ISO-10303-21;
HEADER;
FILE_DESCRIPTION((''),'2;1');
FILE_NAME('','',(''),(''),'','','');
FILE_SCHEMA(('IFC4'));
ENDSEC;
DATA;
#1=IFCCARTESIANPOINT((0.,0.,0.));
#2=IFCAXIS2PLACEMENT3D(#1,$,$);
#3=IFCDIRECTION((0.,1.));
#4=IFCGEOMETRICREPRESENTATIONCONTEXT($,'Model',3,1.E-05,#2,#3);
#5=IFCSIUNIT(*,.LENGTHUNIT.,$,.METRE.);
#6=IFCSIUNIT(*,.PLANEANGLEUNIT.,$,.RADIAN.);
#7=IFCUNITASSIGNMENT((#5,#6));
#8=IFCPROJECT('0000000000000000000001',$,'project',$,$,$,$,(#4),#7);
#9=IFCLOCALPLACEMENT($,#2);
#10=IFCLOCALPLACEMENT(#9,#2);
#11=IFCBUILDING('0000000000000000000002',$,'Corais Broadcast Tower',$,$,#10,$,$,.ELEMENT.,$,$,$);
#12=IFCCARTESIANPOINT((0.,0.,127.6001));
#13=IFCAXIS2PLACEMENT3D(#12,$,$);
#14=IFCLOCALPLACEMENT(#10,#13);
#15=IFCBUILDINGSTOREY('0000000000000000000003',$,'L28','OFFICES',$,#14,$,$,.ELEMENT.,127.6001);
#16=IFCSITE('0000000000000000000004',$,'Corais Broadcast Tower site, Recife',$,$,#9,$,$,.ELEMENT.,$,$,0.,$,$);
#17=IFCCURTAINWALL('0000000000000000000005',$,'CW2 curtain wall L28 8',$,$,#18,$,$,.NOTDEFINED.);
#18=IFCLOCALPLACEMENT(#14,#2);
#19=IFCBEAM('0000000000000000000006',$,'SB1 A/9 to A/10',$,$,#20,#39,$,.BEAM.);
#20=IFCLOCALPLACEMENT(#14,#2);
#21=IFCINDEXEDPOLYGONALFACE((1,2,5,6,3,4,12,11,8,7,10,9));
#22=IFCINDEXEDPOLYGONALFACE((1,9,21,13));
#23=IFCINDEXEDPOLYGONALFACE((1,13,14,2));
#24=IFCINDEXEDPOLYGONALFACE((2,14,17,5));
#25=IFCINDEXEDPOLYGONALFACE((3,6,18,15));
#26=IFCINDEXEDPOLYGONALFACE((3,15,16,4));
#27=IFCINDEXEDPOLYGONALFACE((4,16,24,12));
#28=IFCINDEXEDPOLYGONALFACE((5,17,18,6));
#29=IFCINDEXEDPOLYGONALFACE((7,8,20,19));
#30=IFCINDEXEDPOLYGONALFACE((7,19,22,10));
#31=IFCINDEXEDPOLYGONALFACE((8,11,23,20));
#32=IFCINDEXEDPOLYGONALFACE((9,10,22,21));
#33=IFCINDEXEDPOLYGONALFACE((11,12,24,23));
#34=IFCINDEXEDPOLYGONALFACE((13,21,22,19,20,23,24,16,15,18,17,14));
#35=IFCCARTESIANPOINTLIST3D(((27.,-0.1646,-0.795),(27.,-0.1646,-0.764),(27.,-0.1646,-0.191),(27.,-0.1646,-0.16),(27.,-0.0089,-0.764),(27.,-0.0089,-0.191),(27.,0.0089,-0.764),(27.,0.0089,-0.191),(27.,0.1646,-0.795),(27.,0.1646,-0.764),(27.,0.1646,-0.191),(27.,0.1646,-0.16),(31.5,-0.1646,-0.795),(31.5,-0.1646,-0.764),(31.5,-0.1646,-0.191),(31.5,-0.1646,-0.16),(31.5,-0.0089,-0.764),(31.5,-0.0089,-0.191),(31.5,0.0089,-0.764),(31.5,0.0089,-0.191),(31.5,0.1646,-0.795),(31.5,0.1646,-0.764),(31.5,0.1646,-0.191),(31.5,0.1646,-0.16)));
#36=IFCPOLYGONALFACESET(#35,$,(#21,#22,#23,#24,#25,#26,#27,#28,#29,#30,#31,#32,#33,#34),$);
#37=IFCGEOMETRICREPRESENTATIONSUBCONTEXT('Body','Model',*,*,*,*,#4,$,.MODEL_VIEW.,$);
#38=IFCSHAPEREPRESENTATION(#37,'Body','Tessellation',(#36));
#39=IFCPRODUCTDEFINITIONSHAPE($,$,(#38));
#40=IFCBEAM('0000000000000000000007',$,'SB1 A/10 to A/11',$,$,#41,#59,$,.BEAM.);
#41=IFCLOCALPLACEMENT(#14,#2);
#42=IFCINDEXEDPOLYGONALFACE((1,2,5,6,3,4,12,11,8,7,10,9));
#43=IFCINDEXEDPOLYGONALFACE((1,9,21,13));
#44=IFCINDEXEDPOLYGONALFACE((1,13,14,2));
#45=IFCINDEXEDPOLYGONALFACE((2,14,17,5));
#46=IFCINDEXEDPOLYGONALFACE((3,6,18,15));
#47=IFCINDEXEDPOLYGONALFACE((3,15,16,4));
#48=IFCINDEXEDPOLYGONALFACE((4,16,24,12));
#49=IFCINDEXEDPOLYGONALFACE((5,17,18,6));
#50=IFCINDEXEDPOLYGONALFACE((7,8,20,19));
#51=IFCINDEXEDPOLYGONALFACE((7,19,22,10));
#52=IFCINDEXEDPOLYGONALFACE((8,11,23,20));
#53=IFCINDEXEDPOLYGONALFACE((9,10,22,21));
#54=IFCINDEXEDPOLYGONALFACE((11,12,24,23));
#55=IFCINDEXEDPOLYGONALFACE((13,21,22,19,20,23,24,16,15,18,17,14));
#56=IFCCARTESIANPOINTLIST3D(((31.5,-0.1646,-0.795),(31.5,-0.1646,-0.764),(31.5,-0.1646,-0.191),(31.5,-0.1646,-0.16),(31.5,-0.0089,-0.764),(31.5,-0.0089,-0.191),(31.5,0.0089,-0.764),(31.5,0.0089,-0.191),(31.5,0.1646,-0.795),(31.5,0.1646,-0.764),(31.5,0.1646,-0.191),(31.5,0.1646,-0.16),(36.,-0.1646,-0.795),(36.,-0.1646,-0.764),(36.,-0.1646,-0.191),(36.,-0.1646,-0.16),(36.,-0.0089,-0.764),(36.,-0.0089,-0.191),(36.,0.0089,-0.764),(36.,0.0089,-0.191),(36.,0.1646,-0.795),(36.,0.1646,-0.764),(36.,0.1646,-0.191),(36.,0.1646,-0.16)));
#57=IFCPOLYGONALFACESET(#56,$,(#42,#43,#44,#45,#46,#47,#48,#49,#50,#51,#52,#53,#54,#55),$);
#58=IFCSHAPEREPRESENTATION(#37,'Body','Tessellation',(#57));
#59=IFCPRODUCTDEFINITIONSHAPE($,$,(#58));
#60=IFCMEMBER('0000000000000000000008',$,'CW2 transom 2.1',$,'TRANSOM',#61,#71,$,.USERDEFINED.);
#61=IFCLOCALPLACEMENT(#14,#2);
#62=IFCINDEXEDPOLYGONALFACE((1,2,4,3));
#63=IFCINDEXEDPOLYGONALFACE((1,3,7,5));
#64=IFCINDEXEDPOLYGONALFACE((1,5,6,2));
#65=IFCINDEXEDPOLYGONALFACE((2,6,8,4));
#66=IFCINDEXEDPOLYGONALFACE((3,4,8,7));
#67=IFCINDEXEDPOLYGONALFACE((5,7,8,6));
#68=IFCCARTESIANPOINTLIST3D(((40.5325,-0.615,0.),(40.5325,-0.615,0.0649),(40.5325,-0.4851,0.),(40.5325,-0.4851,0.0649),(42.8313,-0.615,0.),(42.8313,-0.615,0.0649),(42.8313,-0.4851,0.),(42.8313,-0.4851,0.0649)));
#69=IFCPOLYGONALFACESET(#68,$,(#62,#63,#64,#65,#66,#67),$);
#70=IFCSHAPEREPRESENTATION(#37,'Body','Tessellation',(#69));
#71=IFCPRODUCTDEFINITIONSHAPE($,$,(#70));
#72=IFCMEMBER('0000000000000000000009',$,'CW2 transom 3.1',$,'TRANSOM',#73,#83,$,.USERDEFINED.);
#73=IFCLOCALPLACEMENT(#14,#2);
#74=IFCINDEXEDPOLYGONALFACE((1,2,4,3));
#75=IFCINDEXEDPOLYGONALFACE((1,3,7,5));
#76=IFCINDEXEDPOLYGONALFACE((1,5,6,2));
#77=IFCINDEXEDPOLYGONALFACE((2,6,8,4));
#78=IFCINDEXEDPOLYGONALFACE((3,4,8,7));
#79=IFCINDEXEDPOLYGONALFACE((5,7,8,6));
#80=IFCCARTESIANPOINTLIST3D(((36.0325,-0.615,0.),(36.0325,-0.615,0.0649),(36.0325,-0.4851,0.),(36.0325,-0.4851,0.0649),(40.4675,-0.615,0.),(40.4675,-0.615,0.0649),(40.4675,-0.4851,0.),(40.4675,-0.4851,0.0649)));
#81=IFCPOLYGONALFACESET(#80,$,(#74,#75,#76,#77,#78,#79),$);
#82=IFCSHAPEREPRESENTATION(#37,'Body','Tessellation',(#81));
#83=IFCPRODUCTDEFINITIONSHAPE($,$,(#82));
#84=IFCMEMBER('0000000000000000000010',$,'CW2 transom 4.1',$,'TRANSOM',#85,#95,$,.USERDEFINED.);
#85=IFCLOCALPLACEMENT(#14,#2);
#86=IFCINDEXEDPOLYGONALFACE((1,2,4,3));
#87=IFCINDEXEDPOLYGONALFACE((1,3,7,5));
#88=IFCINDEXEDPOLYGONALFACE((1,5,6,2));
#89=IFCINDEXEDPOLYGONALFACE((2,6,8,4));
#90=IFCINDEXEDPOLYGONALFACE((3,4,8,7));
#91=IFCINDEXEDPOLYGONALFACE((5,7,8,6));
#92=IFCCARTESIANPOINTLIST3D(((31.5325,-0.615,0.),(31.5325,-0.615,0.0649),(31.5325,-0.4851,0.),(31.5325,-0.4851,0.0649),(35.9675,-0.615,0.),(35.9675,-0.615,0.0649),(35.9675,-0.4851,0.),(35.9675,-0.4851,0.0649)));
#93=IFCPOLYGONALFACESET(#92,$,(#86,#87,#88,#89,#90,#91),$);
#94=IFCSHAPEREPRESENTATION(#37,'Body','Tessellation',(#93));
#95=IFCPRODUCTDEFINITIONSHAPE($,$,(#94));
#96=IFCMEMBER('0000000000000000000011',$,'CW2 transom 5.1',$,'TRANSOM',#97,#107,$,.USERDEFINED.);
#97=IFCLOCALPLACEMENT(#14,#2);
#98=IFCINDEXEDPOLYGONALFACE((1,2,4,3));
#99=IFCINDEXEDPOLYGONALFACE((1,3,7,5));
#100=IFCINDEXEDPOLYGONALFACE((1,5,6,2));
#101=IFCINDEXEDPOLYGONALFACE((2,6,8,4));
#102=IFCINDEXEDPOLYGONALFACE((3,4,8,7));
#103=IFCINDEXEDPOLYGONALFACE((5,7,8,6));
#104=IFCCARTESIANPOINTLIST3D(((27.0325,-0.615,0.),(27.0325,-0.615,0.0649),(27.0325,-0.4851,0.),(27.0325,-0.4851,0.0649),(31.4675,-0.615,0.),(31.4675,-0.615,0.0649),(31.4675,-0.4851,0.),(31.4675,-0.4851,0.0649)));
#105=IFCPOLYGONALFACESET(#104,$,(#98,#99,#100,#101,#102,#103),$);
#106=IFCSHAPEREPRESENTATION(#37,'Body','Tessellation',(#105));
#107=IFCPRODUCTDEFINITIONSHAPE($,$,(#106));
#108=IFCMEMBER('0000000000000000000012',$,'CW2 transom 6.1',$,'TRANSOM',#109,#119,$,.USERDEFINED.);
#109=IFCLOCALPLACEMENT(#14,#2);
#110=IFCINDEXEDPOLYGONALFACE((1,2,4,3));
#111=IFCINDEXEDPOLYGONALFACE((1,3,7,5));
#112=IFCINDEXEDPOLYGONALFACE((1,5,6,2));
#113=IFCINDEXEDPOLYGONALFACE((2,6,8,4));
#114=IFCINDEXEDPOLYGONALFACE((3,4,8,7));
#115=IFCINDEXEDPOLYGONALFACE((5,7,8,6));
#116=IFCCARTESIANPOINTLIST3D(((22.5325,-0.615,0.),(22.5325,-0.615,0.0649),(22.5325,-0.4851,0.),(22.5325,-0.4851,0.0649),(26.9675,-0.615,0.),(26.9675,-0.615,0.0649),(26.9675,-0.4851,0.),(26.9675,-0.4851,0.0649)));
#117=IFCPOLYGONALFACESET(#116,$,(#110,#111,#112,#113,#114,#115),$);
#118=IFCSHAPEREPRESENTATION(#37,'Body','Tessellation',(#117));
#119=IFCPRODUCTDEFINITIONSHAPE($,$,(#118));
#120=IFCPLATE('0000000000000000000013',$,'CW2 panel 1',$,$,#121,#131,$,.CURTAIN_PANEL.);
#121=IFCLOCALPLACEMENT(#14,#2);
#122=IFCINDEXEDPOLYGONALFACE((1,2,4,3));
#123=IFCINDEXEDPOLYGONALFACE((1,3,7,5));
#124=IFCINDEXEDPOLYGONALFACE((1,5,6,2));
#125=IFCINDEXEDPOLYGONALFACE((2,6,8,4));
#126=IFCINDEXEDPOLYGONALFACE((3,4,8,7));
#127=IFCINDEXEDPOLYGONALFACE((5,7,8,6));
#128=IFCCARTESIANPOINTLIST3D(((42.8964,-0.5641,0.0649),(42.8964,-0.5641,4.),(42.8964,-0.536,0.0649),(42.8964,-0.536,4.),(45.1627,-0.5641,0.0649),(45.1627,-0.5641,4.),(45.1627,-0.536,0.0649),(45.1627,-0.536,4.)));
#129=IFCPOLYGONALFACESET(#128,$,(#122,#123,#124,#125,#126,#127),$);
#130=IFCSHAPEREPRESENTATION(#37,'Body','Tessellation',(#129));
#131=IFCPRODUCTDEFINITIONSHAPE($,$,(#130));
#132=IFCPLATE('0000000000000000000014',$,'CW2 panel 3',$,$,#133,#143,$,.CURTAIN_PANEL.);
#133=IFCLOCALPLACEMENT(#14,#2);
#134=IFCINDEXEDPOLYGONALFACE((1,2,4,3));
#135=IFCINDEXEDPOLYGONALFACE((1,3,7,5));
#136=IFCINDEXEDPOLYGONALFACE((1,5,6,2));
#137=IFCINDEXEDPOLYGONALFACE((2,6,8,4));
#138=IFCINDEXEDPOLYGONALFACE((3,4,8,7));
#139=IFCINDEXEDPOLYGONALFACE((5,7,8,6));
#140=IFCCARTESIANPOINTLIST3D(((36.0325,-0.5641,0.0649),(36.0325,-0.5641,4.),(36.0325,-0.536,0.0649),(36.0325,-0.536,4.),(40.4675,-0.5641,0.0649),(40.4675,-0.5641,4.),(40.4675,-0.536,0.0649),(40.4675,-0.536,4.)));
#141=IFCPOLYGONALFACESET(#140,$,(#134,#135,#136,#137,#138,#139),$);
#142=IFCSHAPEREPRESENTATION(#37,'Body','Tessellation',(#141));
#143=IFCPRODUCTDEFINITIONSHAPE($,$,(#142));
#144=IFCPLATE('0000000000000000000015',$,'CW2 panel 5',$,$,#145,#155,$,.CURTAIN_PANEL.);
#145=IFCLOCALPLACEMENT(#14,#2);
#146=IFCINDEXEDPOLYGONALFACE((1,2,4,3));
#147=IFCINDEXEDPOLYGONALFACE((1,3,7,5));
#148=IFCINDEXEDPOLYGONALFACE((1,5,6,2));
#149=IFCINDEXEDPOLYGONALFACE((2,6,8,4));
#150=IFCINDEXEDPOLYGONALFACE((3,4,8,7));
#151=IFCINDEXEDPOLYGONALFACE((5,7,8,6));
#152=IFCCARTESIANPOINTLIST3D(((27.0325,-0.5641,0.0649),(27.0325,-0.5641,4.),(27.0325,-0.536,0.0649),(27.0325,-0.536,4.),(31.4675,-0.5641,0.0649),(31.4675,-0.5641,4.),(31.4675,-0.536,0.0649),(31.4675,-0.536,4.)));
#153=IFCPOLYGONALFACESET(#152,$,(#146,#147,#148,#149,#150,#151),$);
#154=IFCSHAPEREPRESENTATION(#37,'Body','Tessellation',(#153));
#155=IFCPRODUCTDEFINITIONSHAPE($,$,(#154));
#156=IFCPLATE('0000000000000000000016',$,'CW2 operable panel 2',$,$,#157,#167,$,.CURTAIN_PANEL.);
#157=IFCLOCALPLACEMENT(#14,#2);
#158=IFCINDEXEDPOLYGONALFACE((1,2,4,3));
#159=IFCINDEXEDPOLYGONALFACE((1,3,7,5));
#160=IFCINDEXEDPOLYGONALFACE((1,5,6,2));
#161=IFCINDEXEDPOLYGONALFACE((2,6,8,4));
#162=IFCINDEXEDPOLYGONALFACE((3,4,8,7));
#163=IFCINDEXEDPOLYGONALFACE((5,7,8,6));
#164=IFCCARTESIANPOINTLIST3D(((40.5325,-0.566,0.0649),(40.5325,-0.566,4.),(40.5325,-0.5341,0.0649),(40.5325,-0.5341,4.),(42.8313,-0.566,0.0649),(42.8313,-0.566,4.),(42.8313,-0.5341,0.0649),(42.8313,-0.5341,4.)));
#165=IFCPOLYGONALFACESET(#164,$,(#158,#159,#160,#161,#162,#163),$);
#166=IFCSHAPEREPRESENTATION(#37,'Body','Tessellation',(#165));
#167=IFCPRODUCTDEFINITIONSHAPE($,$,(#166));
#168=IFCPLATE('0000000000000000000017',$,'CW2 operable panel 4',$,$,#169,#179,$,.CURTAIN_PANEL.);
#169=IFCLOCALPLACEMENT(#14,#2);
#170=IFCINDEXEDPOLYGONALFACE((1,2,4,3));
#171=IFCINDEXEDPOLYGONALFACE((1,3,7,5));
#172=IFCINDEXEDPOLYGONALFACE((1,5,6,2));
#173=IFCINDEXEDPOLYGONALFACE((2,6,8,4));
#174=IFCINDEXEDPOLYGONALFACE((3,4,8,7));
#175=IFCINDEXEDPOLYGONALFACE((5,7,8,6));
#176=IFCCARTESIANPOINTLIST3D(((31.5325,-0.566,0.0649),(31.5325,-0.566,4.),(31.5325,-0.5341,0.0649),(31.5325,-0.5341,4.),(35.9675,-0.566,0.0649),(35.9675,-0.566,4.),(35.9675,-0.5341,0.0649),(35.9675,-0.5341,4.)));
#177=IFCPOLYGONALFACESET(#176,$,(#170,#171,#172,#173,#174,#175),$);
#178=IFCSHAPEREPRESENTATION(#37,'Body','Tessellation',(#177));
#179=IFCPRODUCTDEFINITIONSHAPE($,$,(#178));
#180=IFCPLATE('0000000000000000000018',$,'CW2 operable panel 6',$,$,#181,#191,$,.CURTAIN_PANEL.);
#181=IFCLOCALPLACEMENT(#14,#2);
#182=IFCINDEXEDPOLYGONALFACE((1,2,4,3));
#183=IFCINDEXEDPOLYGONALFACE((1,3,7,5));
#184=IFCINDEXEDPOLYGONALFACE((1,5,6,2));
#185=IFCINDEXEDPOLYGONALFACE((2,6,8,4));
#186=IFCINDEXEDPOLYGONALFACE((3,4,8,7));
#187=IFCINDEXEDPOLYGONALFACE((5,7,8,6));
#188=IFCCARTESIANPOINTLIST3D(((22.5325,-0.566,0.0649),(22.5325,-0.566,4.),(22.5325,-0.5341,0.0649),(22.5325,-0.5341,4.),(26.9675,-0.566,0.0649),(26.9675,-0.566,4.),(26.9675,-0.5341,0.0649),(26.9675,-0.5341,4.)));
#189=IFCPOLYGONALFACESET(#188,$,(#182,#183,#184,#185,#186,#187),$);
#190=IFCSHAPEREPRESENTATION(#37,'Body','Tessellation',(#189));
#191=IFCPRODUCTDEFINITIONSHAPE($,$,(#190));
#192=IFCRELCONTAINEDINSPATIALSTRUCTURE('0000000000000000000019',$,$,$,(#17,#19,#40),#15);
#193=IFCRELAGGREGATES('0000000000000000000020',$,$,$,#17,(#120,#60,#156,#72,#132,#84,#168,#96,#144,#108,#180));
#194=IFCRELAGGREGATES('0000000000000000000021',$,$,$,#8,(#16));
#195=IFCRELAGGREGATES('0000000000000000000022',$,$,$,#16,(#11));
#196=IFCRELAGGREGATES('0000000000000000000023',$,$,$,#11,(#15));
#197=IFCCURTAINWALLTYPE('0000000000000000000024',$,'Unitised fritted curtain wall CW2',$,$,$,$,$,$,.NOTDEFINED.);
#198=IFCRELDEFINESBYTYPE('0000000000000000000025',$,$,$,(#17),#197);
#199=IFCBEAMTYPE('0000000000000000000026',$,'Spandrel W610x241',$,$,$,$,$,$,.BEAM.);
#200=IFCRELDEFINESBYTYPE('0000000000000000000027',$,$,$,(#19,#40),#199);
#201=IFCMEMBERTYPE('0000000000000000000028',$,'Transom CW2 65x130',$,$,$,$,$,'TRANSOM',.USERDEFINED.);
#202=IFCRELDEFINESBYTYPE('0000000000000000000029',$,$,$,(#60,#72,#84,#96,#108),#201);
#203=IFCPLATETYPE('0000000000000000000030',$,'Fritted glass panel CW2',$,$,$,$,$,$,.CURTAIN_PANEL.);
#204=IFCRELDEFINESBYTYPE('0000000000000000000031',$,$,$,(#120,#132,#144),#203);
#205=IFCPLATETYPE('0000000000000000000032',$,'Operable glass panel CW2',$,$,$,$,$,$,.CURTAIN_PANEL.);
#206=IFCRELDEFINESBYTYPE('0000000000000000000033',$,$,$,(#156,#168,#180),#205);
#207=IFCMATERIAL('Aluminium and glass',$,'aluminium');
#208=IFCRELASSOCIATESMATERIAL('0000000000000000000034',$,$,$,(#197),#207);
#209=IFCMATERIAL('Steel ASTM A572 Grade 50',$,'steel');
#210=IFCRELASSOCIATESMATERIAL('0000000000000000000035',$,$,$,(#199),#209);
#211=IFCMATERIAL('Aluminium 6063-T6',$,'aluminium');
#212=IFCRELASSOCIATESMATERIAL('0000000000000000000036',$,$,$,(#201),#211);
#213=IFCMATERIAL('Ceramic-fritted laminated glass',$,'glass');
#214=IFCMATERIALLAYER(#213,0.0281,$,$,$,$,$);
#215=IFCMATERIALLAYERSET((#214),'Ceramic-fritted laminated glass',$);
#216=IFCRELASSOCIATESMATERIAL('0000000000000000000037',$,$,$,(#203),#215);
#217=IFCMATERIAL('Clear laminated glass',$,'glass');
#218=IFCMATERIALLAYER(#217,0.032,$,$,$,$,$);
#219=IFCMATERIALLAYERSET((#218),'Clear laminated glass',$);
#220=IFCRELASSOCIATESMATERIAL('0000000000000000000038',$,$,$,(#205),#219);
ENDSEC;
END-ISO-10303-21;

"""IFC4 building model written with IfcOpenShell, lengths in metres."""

from ifc_helpers import new_model, si_unit, direction, frame, origin, origin_2d, place, context, subcontext, project, spatial, rectangle, i_section, extrude, material, layer, layer_set, material_profile, profile_set, type_object, element, aggregate, save


model = new_model("IFC4")

# Units and contexts
model_context = context("Model", 3, precision=1e-05, world=origin(), true_north=direction((0.0, 1.0)))
body_context = subcontext(model_context, "Body", "Model", "MODEL_VIEW")
ifc_project = project(units=[si_unit("LENGTHUNIT", "METRE"), si_unit("PLANEANGLEUNIT", "RADIAN")], contexts=[model_context])

# Site, building, storey
site_placement = place(None, origin())
site = spatial("IfcSite", under=ifc_project, at=site_placement, Name="Corais Broadcast Tower site, Recife", CompositionType="ELEMENT", RefElevation=0.0)
building_placement = place(site_placement, origin())
building = spatial("IfcBuilding", under=site, at=building_placement, Name="Corais Broadcast Tower", CompositionType="ELEMENT")
storey_placement = place(building_placement, frame((0.0, 0.0, 127.6001)))
storey = spatial("IfcBuildingStorey", under=building, at=storey_placement, Name="L28", Description="OFFICES", CompositionType="ELEMENT", Elevation=127.6001)

# Curtain wall
ifc_material_1 = material(Name="Aluminium and glass", Category="aluminium")
curtain_wall_type = type_object("IfcCurtainWallType", Name="Unitised fritted curtain wall CW2", PredefinedType="NOTDEFINED", material=ifc_material_1)
curtain_wall_placement = place(storey_placement, origin())
curtain_wall = element("IfcCurtainWall", 1, at=curtain_wall_placement, inside=storey, type_object=curtain_wall_type, Name="CW2 curtain wall L28 8", PredefinedType="NOTDEFINED")

# Beams
ifc_material_2 = material(Name="Steel ASTM A572 Grade 50", Category="steel")
ifc_material_profile_1 = material_profile(ifc_material_2, i_section(OverallWidth=0.3291, OverallDepth=0.635, WebThickness=0.0178, FlangeThickness=0.031, at=origin_2d()), Name="W610x241")
ifc_profile_set_1 = profile_set([ifc_material_profile_1], Name="Steel ASTM A572 Grade 50")
beam_type_1 = type_object("IfcBeamType", Name="Spandrel W610x241", PredefinedType="BEAM", material=ifc_profile_set_1)
for number, where, z_axis, x_axis, name in (
    (2, (27.0, 0.0, -0.4775), (1.0, 0.0, 0.0), (0.0, 1.0, 0.0), "SB1 A/9 to A/10"),
    (3, (31.5, 0.0, -0.4775), (1.0, 0.0, 0.0), (0.0, 1.0, 0.0), "SB1 A/10 to A/11"),
):
    element("IfcBeam", number, at=place(storey_placement, frame(where, z_axis=z_axis, x_axis=x_axis)), inside=storey, type_object=beam_type_1, Name=name, PredefinedType="BEAM", context=body_context, shape_type="SweptSolid", body=[
        extrude(i_section(OverallWidth=0.3291, OverallDepth=0.635, WebThickness=0.0178, FlangeThickness=0.031, at=origin_2d()), origin(), (0.0, 0.0, 1.0), 4.5),
    ])

# Members
ifc_material_3 = material(Name="Aluminium 6063-T6", Category="aluminium")
ifc_material_profile_2 = material_profile(ifc_material_3, rectangle(XDim=0.1299, YDim=0.0649, at=origin_2d()), Name="Transom CW2 65x130")
ifc_profile_set_2 = profile_set([ifc_material_profile_2], Name="Aluminium 6063-T6")
member_type_1 = type_object("IfcMemberType", Name="Transom CW2 65x130", ElementType="TRANSOM", PredefinedType="USERDEFINED", material=ifc_profile_set_2)
member_1_placement = place(storey_placement, frame((42.8313, -0.55, 0.0325), z_axis=(-1.0, 0.0, 0.0), x_axis=(0.0, -1.0, 0.0)))
member_1 = element("IfcMember", 4, at=member_1_placement, type_object=member_type_1, Name="CW2 transom 2.1", ObjectType="TRANSOM", PredefinedType="USERDEFINED", context=body_context, shape_type="SweptSolid", body=[
    extrude(rectangle(XDim=0.1299, YDim=0.0649, at=origin_2d()), origin(), (0.0, 0.0, 1.0), 2.2988),
])
member_2_placement = place(storey_placement, frame((40.4675, -0.55, 0.0325), z_axis=(-1.0, 0.0, 0.0), x_axis=(0.0, -1.0, 0.0)))
member_2 = element("IfcMember", 5, at=member_2_placement, type_object=member_type_1, Name="CW2 transom 3.1", ObjectType="TRANSOM", PredefinedType="USERDEFINED", context=body_context, shape_type="SweptSolid", body=[
    extrude(rectangle(XDim=0.1299, YDim=0.0649, at=origin_2d()), origin(), (0.0, 0.0, 1.0), 4.4351),
])
member_3_placement = place(storey_placement, frame((35.9675, -0.55, 0.0325), z_axis=(-1.0, 0.0, 0.0), x_axis=(0.0, -1.0, 0.0)))
member_3 = element("IfcMember", 6, at=member_3_placement, type_object=member_type_1, Name="CW2 transom 4.1", ObjectType="TRANSOM", PredefinedType="USERDEFINED", context=body_context, shape_type="SweptSolid", body=[
    extrude(rectangle(XDim=0.1299, YDim=0.0649, at=origin_2d()), origin(), (0.0, 0.0, 1.0), 4.4351),
])
member_4_placement = place(storey_placement, frame((31.4675, -0.55, 0.0325), z_axis=(-1.0, 0.0, 0.0), x_axis=(0.0, -1.0, 0.0)))
member_4 = element("IfcMember", 7, at=member_4_placement, type_object=member_type_1, Name="CW2 transom 5.1", ObjectType="TRANSOM", PredefinedType="USERDEFINED", context=body_context, shape_type="SweptSolid", body=[
    extrude(rectangle(XDim=0.1299, YDim=0.0649, at=origin_2d()), origin(), (0.0, 0.0, 1.0), 4.4351),
])
member_5_placement = place(storey_placement, frame((26.9675, -0.55, 0.0325), z_axis=(-1.0, 0.0, 0.0), x_axis=(0.0, -1.0, 0.0)))
member_5 = element("IfcMember", 8, at=member_5_placement, type_object=member_type_1, Name="CW2 transom 6.1", ObjectType="TRANSOM", PredefinedType="USERDEFINED", context=body_context, shape_type="SweptSolid", body=[
    extrude(rectangle(XDim=0.1299, YDim=0.0649, at=origin_2d()), origin(), (0.0, 0.0, 1.0), 4.4351),
])

# Plates
ifc_material_4 = material(Name="Ceramic-fritted laminated glass", Category="glass")
ifc_layer_1 = layer(ifc_material_4, 0.0281)
ifc_layer_set_1 = layer_set([ifc_layer_1], Name="Ceramic-fritted laminated glass")
plate_type_1 = type_object("IfcPlateType", Name="Fritted glass panel CW2", PredefinedType="CURTAIN_PANEL", material=ifc_layer_set_1)
plate_1_placement = place(storey_placement, frame((44.0295, -0.55, 0.0649), z_axis=(0.0, 0.0, 1.0), x_axis=(-1.0, 0.0, 0.0)))
plate_1 = element("IfcPlate", 9, at=plate_1_placement, type_object=plate_type_1, Name="CW2 panel 1", PredefinedType="CURTAIN_PANEL", context=body_context, shape_type="SweptSolid", body=[
    extrude(rectangle(XDim=2.2664, YDim=0.0281, at=origin_2d()), origin(), (0.0, 0.0, 1.0), 3.9351),
])
plate_2_placement = place(storey_placement, frame((38.25, -0.55, 0.0649), z_axis=(0.0, 0.0, 1.0), x_axis=(-1.0, 0.0, 0.0)))
plate_2 = element("IfcPlate", 10, at=plate_2_placement, type_object=plate_type_1, Name="CW2 panel 3", PredefinedType="CURTAIN_PANEL", context=body_context, shape_type="SweptSolid", body=[
    extrude(rectangle(XDim=4.4351, YDim=0.0281, at=origin_2d()), origin(), (0.0, 0.0, 1.0), 3.9351),
])
plate_3_placement = place(storey_placement, frame((29.25, -0.55, 0.0649), z_axis=(0.0, 0.0, 1.0), x_axis=(-1.0, 0.0, 0.0)))
plate_3 = element("IfcPlate", 11, at=plate_3_placement, type_object=plate_type_1, Name="CW2 panel 5", PredefinedType="CURTAIN_PANEL", context=body_context, shape_type="SweptSolid", body=[
    extrude(rectangle(XDim=4.4351, YDim=0.0281, at=origin_2d()), origin(), (0.0, 0.0, 1.0), 3.9351),
])
ifc_material_5 = material(Name="Clear laminated glass", Category="glass")
ifc_layer_2 = layer(ifc_material_5, 0.032)
ifc_layer_set_2 = layer_set([ifc_layer_2], Name="Clear laminated glass")
plate_type_2 = type_object("IfcPlateType", Name="Operable glass panel CW2", PredefinedType="CURTAIN_PANEL", material=ifc_layer_set_2)
plate_4_placement = place(storey_placement, frame((41.6819, -0.55, 0.0649), z_axis=(0.0, 0.0, 1.0), x_axis=(-1.0, 0.0, 0.0)))
plate_4 = element("IfcPlate", 12, at=plate_4_placement, type_object=plate_type_2, Name="CW2 operable panel 2", PredefinedType="CURTAIN_PANEL", context=body_context, shape_type="SweptSolid", body=[
    extrude(rectangle(XDim=2.2988, YDim=0.032, at=origin_2d()), origin(), (0.0, 0.0, 1.0), 3.9351),
])
plate_5_placement = place(storey_placement, frame((33.75, -0.55, 0.0649), z_axis=(0.0, 0.0, 1.0), x_axis=(-1.0, 0.0, 0.0)))
plate_5 = element("IfcPlate", 13, at=plate_5_placement, type_object=plate_type_2, Name="CW2 operable panel 4", PredefinedType="CURTAIN_PANEL", context=body_context, shape_type="SweptSolid", body=[
    extrude(rectangle(XDim=4.4351, YDim=0.032, at=origin_2d()), origin(), (0.0, 0.0, 1.0), 3.9351),
])
plate_6_placement = place(storey_placement, frame((24.75, -0.55, 0.0649), z_axis=(0.0, 0.0, 1.0), x_axis=(-1.0, 0.0, 0.0)))
plate_6 = element("IfcPlate", 14, at=plate_6_placement, type_object=plate_type_2, Name="CW2 operable panel 6", PredefinedType="CURTAIN_PANEL", context=body_context, shape_type="SweptSolid", body=[
    extrude(rectangle(XDim=4.4351, YDim=0.032, at=origin_2d()), origin(), (0.0, 0.0, 1.0), 3.9351),
])
aggregate(curtain_wall, [plate_1, member_1, plate_4, member_2, plate_2, member_3, plate_5, member_4, plate_3, member_5, plate_6])

save(model, "model.ifc")
